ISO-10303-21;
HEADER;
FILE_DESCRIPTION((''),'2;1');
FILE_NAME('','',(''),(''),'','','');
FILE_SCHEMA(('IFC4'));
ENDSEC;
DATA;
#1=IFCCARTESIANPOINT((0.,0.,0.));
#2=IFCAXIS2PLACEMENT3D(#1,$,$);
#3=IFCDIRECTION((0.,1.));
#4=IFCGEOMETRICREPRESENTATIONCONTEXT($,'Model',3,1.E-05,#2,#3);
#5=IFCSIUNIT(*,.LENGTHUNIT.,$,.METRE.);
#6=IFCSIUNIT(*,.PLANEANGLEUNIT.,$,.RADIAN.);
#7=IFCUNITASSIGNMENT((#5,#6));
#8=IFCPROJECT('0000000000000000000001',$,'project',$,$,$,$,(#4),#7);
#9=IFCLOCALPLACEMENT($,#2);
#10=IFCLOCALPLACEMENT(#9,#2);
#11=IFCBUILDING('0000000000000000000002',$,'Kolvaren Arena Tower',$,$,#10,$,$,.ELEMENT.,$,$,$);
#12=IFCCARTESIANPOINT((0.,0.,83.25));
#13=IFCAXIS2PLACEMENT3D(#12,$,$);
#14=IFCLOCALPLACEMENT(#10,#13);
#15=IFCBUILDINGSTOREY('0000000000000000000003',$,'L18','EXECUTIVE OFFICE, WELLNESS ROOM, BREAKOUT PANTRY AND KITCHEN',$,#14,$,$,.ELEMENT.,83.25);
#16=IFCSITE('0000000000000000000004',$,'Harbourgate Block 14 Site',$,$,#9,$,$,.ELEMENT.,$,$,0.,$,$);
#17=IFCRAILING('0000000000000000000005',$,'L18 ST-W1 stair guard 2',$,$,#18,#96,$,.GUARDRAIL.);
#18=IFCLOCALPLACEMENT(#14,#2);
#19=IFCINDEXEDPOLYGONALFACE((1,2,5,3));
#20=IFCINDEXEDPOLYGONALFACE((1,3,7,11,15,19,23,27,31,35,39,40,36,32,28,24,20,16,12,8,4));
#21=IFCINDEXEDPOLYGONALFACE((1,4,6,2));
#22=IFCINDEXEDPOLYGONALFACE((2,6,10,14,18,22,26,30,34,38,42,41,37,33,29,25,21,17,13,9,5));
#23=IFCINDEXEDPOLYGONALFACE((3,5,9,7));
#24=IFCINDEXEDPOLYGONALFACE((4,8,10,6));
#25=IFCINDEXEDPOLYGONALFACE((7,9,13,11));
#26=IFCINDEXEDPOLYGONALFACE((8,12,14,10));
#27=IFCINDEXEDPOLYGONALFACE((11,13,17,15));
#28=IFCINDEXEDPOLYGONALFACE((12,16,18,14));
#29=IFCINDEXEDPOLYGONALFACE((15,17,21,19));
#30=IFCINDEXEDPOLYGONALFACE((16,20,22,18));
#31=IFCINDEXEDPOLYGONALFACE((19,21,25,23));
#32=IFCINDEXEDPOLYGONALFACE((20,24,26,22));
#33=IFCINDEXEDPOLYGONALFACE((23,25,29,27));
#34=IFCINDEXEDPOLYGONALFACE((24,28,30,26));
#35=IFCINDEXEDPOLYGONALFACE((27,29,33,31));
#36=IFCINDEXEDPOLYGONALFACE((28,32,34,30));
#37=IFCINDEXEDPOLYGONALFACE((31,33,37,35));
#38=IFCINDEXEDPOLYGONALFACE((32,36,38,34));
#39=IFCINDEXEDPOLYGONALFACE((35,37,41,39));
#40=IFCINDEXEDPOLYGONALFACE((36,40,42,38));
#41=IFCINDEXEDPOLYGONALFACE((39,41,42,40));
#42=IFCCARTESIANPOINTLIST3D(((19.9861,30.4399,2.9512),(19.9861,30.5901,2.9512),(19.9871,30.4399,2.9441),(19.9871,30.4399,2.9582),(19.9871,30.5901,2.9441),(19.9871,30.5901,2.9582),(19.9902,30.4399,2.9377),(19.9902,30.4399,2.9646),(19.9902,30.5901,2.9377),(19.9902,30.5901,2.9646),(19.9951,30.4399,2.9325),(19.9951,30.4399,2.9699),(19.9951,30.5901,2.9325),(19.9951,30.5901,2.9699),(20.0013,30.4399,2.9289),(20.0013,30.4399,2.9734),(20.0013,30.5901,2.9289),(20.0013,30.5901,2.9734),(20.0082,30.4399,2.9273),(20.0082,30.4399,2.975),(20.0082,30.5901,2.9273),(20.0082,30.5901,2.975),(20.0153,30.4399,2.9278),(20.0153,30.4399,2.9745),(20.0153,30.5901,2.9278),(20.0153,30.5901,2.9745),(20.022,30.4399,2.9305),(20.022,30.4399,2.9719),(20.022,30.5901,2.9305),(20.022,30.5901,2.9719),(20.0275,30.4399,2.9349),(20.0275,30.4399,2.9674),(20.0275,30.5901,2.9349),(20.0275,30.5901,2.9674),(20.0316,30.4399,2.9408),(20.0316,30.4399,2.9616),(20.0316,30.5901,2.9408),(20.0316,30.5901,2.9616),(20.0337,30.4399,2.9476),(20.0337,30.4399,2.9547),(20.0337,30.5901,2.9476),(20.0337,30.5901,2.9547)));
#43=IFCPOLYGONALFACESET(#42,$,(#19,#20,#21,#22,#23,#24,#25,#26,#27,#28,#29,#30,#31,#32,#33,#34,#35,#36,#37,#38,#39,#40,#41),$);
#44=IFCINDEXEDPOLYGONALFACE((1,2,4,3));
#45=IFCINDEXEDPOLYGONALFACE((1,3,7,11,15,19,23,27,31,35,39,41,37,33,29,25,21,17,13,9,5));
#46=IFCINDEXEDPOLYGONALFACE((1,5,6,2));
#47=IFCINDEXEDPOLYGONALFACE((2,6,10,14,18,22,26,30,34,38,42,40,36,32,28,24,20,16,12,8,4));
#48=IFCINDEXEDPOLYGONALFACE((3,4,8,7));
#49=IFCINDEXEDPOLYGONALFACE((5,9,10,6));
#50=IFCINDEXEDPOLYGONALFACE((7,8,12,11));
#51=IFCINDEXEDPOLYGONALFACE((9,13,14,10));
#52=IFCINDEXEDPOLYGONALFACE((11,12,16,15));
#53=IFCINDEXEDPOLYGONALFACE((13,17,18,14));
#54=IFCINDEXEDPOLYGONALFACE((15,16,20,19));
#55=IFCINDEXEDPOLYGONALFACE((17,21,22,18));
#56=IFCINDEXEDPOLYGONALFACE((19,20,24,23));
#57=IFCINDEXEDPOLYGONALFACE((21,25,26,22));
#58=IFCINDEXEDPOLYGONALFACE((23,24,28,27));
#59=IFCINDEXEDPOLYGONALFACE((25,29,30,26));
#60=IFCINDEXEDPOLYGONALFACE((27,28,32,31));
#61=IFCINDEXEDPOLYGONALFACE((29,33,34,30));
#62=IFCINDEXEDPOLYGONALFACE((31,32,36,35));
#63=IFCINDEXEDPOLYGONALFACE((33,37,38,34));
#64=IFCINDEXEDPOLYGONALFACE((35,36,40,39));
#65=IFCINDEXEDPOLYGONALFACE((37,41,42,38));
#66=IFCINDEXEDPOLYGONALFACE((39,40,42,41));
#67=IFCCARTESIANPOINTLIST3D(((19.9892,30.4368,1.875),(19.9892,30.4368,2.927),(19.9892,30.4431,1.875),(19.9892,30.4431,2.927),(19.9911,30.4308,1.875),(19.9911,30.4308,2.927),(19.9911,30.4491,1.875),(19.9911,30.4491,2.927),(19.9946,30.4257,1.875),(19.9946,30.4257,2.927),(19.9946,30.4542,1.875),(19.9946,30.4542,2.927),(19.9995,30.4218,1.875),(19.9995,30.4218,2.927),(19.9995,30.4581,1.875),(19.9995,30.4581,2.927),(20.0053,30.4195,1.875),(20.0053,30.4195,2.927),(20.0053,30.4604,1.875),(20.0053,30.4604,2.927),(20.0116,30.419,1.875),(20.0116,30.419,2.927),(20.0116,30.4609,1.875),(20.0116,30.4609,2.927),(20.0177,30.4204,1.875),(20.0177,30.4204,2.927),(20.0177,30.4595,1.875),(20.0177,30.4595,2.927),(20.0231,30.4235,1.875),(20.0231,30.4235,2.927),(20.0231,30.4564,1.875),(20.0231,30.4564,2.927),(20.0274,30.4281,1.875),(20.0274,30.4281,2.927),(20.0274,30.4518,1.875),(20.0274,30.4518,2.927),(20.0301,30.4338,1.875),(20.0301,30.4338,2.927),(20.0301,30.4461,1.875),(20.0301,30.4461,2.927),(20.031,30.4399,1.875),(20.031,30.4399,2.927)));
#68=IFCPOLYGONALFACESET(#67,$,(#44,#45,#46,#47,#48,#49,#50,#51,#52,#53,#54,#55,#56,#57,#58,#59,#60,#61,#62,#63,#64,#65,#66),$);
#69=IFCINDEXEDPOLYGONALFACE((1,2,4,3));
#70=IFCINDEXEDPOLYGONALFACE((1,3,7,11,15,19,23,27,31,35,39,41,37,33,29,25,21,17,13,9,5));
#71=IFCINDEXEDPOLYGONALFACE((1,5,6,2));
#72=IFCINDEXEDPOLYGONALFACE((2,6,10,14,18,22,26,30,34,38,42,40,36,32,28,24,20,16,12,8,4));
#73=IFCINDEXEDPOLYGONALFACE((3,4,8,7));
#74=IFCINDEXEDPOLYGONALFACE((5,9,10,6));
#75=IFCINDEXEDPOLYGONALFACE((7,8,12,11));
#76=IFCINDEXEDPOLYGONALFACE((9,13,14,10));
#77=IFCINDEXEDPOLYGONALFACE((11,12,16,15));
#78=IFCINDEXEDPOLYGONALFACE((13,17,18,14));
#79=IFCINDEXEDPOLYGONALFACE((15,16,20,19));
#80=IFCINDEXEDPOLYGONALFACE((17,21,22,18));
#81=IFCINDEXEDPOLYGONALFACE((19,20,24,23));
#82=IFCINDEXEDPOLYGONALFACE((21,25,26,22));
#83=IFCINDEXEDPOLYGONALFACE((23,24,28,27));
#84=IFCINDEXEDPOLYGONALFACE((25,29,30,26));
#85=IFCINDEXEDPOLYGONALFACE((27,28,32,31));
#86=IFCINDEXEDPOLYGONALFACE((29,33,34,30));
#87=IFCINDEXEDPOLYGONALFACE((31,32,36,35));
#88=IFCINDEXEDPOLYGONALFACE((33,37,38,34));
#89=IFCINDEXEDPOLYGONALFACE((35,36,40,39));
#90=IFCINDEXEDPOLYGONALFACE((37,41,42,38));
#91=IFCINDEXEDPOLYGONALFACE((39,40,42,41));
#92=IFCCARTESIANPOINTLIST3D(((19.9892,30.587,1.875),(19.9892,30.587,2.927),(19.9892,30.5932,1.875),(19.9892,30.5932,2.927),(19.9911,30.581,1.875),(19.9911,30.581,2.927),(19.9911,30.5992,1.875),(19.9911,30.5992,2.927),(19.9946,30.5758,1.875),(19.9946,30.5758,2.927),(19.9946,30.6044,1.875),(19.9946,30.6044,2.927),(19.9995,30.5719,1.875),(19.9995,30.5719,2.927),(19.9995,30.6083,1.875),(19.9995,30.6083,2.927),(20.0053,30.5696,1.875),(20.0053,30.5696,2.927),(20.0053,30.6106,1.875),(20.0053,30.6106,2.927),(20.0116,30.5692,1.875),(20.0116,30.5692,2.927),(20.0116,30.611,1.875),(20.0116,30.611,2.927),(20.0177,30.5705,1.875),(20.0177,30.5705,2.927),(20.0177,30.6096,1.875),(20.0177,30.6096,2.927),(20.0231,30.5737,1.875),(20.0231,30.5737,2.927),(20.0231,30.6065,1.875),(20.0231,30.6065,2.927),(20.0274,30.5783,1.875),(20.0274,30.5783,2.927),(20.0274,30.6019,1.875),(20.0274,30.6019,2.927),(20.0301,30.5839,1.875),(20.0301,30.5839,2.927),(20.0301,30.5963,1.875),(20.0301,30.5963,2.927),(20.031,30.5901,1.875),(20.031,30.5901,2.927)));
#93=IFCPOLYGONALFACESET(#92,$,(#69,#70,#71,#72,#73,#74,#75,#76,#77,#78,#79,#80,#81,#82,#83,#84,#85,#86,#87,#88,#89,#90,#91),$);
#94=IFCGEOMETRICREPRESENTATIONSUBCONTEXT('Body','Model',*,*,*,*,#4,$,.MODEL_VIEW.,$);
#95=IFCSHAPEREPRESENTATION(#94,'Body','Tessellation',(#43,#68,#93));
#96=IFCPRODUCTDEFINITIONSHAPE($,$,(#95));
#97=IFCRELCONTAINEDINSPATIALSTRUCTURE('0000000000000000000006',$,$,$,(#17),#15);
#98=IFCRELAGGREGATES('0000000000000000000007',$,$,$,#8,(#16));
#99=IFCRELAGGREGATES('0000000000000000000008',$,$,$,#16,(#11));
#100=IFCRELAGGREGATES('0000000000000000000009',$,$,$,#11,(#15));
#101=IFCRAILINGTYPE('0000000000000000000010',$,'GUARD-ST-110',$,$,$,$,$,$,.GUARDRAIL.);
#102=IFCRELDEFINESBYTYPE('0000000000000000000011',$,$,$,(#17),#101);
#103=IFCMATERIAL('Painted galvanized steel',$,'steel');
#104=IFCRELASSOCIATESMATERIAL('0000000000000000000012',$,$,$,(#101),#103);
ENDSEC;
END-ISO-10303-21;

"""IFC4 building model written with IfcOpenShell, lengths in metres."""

from ifc_helpers import new_model, si_unit, direction, frame, origin, origin_2d, place, context, subcontext, project, spatial, circle, extrude, material, type_object, element, save


model = new_model("IFC4")

# Units and contexts
model_context = context("Model", 3, precision=1e-05, world=origin(), true_north=direction((0.0, 1.0)))
body_context = subcontext(model_context, "Body", "Model", "MODEL_VIEW")
ifc_project = project(units=[si_unit("LENGTHUNIT", "METRE"), si_unit("PLANEANGLEUNIT", "RADIAN")], contexts=[model_context])

# Site, building, storey
site_placement = place(None, origin())
site = spatial("IfcSite", under=ifc_project, at=site_placement, Name="Harbourgate Block 14 Site", CompositionType="ELEMENT", RefElevation=0.0)
building_placement = place(site_placement, origin())
building = spatial("IfcBuilding", under=site, at=building_placement, Name="Kolvaren Arena Tower", CompositionType="ELEMENT")
storey_placement = place(building_placement, frame((0.0, 0.0, 83.25)))
storey = spatial("IfcBuildingStorey", under=building, at=storey_placement, Name="L18", Description="EXECUTIVE OFFICE, WELLNESS ROOM, BREAKOUT PANTRY AND KITCHEN", CompositionType="ELEMENT", Elevation=83.25)

# Railing
ifc_material_1 = material(Name="Painted galvanized steel", Category="steel")
railing_type = type_object("IfcRailingType", Name="GUARD-ST-110", PredefinedType="GUARDRAIL", material=ifc_material_1)
railing_1_placement = place(storey_placement, frame((20.01, 30.4399, 1.875)))
element("IfcRailing", 1, at=railing_1_placement, inside=storey, type_object=railing_type, Name="L18 ST-W1 stair guard 2", PredefinedType="GUARDRAIL", context=body_context, shape_type="SweptSolid", body=[
    extrude(circle(Radius=0.0239, at=origin_2d()), frame((0.0, 0.0, 1.0762), z_axis=(0.0, 1.0, 0.0), x_axis=(-1.0, 0.0, 0.0)), (0.0, 0.0, 1.0), 0.1501),
    extrude(circle(Radius=0.021, at=origin_2d()), origin(), (0.0, 0.0, 1.0), 1.052),
    extrude(circle(Radius=0.021, at=origin_2d()), frame((0.0, 0.1501, 0.0)), (0.0, 0.0, 1.0), 1.052),
])

save(model, "model.ifc")
